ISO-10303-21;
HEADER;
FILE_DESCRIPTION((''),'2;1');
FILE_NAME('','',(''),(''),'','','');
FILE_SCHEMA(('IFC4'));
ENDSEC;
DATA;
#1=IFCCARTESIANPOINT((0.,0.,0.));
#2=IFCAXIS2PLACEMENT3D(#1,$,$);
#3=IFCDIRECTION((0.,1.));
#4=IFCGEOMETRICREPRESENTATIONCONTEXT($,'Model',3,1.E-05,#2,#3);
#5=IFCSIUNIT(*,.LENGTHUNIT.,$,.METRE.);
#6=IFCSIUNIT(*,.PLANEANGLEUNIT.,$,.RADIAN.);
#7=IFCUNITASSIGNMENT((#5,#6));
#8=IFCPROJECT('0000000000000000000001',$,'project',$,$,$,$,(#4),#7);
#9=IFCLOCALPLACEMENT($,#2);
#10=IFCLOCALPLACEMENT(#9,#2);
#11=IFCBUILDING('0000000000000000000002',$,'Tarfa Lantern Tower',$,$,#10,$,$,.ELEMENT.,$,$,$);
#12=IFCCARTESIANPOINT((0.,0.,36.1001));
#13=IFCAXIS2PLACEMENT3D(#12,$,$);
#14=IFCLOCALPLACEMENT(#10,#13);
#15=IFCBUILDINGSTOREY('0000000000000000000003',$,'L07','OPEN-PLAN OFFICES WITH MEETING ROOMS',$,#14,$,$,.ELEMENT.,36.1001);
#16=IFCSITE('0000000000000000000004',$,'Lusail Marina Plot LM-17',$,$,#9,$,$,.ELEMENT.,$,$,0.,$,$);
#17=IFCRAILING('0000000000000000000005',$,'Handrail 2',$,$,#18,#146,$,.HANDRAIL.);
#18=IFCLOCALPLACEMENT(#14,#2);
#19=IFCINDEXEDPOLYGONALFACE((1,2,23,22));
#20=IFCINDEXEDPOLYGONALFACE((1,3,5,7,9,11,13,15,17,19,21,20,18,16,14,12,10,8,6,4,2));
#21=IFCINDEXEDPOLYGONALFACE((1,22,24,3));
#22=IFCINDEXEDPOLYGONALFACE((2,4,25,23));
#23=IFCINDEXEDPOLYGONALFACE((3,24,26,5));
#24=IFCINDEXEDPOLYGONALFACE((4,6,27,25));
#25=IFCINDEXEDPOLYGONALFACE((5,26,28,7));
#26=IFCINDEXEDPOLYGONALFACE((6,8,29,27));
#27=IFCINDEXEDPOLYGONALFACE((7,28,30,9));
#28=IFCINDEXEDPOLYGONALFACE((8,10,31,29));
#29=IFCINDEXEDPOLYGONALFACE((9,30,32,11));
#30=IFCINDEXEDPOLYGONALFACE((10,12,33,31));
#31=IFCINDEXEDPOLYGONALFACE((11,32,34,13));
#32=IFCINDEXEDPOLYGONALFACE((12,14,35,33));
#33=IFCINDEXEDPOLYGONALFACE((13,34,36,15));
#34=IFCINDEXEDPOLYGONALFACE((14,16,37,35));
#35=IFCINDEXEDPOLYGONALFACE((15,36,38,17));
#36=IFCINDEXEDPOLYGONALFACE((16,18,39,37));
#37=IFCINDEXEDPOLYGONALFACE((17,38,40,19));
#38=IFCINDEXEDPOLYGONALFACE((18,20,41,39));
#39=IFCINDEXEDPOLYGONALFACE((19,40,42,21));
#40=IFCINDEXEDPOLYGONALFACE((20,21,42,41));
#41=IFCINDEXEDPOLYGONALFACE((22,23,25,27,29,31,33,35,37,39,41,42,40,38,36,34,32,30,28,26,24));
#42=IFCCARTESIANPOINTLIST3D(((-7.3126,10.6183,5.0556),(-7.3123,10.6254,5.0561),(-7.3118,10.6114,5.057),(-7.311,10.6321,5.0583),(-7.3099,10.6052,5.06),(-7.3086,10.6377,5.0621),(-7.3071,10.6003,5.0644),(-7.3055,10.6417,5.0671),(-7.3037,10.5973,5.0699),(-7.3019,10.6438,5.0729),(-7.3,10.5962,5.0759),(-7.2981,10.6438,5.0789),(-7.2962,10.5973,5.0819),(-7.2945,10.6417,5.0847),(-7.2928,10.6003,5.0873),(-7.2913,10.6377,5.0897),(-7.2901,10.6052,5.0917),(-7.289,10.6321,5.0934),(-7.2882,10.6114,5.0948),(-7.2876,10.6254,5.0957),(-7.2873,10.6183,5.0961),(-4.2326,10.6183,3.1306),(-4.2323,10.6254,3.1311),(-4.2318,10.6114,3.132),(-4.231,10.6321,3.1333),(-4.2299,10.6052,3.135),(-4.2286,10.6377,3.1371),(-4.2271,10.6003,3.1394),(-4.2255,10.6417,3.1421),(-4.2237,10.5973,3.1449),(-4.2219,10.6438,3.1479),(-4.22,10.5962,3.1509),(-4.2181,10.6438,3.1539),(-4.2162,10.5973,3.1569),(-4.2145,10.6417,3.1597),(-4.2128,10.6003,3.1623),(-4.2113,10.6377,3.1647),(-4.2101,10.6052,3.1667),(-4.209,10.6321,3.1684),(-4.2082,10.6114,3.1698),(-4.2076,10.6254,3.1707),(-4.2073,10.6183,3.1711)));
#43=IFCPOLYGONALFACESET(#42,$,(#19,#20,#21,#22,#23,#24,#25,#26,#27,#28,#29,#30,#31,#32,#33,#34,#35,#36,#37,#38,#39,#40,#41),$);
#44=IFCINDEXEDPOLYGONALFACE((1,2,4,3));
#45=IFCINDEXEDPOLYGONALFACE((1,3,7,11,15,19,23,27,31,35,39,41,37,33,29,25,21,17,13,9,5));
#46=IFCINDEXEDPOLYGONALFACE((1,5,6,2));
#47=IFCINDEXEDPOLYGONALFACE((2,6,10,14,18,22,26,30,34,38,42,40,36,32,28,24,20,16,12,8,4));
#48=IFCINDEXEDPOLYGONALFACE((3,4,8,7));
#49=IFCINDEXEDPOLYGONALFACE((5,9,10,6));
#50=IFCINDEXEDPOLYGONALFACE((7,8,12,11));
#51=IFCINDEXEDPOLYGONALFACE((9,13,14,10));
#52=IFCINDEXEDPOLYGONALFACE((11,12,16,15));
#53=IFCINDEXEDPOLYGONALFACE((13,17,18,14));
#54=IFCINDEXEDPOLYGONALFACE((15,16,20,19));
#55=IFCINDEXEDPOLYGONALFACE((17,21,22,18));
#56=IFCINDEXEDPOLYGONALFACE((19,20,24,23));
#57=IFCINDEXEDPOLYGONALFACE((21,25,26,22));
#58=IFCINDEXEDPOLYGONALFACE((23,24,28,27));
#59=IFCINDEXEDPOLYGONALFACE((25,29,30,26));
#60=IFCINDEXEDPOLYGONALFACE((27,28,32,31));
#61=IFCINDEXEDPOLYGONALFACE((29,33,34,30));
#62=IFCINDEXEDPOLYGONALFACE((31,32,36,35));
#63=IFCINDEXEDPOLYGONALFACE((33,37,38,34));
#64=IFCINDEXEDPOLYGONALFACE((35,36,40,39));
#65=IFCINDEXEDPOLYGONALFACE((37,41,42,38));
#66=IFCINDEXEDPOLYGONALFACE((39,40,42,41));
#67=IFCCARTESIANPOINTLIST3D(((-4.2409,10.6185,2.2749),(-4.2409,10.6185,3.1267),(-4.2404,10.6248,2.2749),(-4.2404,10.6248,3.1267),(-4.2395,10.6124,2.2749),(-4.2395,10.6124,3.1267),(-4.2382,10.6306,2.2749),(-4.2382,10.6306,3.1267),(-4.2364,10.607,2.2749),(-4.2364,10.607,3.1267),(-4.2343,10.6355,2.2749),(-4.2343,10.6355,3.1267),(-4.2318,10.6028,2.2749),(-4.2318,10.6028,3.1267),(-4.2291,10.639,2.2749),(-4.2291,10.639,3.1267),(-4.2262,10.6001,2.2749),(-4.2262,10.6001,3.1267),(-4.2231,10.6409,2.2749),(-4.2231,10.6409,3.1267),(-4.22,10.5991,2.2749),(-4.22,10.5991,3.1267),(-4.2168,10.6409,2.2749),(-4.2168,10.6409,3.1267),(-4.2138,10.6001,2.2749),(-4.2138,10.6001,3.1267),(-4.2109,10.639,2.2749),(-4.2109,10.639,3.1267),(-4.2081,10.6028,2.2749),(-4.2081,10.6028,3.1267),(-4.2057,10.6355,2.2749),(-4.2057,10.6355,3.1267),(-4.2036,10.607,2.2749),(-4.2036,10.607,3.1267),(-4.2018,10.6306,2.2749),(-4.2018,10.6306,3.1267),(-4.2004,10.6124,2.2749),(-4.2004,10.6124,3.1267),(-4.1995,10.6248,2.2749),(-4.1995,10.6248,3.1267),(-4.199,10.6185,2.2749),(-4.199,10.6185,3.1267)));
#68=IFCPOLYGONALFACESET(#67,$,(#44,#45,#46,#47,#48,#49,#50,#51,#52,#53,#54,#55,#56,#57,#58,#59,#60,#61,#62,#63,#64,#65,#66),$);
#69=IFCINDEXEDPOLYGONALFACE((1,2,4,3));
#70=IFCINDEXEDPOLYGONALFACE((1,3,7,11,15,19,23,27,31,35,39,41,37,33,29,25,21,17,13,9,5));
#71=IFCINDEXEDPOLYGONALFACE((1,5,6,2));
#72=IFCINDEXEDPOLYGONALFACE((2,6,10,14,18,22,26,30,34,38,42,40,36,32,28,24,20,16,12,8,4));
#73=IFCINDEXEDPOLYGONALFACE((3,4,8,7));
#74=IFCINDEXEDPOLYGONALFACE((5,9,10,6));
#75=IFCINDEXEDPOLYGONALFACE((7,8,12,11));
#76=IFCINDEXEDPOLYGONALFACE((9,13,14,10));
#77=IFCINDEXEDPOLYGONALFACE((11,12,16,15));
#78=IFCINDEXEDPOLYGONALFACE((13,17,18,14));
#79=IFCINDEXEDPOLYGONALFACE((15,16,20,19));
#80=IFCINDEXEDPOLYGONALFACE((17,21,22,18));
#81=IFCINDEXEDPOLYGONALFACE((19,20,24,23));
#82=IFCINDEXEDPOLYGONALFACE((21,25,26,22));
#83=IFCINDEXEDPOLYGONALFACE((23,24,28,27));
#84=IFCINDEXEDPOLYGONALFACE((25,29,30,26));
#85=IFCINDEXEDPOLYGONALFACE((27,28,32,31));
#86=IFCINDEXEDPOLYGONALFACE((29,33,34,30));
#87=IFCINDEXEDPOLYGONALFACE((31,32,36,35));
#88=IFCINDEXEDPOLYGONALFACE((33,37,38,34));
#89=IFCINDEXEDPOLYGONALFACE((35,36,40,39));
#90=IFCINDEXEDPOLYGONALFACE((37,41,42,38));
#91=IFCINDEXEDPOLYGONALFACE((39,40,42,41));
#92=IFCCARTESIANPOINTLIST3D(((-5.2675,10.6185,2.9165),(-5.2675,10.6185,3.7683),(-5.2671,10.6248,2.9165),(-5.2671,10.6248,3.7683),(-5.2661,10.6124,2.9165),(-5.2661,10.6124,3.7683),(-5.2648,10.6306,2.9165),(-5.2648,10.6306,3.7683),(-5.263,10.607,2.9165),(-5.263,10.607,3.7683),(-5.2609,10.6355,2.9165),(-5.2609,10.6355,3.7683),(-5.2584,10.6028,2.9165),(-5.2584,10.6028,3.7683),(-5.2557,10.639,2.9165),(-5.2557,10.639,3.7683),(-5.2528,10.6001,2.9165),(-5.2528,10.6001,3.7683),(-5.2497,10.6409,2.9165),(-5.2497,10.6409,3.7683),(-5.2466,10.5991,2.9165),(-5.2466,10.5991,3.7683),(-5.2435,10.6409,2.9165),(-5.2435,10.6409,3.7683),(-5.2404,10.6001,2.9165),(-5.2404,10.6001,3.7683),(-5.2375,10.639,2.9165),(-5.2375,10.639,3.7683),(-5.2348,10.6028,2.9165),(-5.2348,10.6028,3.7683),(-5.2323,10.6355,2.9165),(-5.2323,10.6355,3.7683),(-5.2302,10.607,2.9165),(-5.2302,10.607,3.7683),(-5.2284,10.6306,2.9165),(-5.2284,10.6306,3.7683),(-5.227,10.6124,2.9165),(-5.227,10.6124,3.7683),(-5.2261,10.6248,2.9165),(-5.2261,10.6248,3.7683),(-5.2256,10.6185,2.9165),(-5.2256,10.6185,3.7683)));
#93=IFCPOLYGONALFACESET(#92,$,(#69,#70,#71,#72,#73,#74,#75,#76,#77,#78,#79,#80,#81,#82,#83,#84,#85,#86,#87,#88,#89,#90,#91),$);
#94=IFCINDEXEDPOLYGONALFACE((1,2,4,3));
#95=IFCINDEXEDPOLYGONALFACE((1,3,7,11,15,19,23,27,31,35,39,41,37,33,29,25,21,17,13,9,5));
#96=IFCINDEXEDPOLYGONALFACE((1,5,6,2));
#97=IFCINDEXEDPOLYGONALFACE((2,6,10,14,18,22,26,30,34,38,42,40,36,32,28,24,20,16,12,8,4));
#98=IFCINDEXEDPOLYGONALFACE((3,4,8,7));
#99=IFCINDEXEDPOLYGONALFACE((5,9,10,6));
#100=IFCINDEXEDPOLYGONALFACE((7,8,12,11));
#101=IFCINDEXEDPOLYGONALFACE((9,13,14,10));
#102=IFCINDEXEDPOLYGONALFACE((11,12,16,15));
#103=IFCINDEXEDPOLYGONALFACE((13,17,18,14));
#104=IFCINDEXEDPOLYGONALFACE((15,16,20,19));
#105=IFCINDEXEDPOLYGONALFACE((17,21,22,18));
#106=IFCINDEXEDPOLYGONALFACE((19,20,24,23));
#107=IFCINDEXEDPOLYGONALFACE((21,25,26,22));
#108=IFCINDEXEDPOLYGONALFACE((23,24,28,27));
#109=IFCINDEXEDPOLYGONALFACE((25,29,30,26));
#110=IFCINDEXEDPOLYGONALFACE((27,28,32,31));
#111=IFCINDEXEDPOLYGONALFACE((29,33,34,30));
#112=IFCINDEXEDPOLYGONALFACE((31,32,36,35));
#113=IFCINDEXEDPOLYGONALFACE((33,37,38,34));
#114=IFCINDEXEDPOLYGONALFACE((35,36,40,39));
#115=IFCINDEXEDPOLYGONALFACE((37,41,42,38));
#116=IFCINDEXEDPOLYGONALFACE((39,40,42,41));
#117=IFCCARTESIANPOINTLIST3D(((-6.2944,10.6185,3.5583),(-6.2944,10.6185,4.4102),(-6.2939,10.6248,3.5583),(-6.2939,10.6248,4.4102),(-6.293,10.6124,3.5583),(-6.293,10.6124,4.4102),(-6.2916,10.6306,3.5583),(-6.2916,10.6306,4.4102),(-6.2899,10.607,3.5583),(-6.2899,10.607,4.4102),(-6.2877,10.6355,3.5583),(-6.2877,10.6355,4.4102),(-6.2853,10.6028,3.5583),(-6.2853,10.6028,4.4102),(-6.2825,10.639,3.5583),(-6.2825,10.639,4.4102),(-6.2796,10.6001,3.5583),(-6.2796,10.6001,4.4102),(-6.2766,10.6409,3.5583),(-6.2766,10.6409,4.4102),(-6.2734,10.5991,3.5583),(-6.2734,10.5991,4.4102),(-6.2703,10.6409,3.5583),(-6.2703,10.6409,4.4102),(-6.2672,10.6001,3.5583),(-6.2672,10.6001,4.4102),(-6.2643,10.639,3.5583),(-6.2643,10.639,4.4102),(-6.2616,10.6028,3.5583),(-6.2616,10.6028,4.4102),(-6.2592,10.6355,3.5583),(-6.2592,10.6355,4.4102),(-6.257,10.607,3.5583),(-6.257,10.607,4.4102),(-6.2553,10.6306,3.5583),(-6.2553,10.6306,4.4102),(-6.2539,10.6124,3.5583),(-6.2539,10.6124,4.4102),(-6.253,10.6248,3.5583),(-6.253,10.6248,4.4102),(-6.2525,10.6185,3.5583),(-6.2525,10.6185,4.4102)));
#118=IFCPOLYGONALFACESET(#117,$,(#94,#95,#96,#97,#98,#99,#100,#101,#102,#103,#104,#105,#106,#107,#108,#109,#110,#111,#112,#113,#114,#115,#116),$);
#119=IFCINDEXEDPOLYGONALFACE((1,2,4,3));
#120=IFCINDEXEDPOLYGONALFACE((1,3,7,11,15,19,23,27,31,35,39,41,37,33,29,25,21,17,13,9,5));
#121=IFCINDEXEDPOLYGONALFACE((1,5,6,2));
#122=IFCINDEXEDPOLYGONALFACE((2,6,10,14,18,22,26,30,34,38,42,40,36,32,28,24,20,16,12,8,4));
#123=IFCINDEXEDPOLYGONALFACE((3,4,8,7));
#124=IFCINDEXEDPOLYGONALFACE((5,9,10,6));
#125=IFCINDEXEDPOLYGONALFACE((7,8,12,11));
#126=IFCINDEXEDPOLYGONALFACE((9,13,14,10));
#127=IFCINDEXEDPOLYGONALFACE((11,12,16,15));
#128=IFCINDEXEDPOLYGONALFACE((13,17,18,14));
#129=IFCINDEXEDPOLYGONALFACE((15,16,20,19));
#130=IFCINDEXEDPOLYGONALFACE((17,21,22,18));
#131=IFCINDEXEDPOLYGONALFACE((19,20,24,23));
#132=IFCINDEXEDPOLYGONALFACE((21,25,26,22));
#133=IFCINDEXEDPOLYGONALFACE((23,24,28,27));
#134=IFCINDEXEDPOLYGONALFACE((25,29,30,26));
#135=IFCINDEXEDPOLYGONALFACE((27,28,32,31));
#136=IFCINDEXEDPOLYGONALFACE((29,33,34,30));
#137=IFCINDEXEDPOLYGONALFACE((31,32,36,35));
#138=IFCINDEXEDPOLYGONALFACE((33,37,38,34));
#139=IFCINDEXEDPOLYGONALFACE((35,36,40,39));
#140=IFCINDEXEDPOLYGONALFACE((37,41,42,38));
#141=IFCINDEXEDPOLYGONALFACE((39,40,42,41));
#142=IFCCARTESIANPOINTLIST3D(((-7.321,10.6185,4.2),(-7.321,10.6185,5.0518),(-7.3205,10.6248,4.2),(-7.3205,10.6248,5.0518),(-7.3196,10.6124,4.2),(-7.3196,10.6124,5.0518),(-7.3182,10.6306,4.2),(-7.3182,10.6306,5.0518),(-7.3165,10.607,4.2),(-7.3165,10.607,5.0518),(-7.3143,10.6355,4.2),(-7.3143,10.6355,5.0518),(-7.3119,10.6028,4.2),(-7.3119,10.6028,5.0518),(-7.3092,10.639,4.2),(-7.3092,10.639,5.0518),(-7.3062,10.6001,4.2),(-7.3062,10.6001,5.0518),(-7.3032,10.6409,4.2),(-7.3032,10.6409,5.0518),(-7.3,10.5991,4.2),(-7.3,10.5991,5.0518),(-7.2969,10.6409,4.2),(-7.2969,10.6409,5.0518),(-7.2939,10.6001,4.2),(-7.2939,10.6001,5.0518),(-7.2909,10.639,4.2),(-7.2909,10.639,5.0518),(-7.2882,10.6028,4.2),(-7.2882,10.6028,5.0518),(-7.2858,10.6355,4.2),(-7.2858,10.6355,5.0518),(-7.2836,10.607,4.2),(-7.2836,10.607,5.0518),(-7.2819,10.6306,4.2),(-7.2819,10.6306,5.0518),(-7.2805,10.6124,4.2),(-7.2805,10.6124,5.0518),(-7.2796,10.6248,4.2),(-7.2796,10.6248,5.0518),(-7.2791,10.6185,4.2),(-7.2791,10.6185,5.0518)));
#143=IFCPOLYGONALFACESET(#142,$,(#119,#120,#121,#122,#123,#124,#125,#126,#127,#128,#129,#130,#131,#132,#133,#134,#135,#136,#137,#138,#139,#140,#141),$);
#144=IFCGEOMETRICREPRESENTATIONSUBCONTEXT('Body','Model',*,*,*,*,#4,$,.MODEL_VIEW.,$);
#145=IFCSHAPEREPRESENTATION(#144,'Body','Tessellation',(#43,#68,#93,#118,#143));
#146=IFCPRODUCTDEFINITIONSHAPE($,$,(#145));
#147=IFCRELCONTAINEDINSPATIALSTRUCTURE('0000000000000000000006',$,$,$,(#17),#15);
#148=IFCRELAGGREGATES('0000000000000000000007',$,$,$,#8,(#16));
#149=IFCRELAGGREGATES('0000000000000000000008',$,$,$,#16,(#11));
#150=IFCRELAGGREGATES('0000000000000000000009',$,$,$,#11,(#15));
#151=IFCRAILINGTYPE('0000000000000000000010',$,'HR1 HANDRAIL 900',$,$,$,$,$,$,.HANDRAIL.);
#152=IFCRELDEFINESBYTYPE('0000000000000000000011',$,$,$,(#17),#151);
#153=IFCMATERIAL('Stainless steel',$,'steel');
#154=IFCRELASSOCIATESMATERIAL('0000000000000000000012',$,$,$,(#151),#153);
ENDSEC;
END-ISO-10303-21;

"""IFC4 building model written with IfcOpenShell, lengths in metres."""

from ifc_helpers import new_model, si_unit, direction, frame, origin, origin_2d, place, context, subcontext, project, spatial, circle, extrude, material, type_object, element, save


model = new_model("IFC4")

# Units and contexts
model_context = context("Model", 3, precision=1e-05, world=origin(), true_north=direction((0.0, 1.0)))
body_context = subcontext(model_context, "Body", "Model", "MODEL_VIEW")
ifc_project = project(units=[si_unit("LENGTHUNIT", "METRE"), si_unit("PLANEANGLEUNIT", "RADIAN")], contexts=[model_context])

# Site, building, storey
site_placement = place(None, origin())
site = spatial("IfcSite", under=ifc_project, at=site_placement, Name="Lusail Marina Plot LM-17", CompositionType="ELEMENT", RefElevation=0.0)
building_placement = place(site_placement, origin())
building = spatial("IfcBuilding", under=site, at=building_placement, Name="Tarfa Lantern Tower", CompositionType="ELEMENT")
storey_placement = place(building_placement, frame((0.0, 0.0, 36.1001)))
storey = spatial("IfcBuildingStorey", under=building, at=storey_placement, Name="L07", Description="OPEN-PLAN OFFICES WITH MEETING ROOMS", CompositionType="ELEMENT", Elevation=36.1001)

# Railing
ifc_material_1 = material(Name="Stainless steel", Category="steel")
railing_type = type_object("IfcRailingType", Name="HR1 HANDRAIL 900", PredefinedType="HANDRAIL", material=ifc_material_1)
railing_1_placement = place(storey_placement, frame((-4.22, 10.6201, 2.2749)))
element("IfcRailing", 1, at=railing_1_placement, inside=storey, type_object=railing_type, Name="Handrail 2", PredefinedType="HANDRAIL", context=body_context, shape_type="SweptSolid", body=[
    extrude(circle(Radius=0.0239, at=origin_2d()), frame((0.0, 0.0, 0.876), z_axis=(-0.847998, 0.0, 0.529999), x_axis=(0.0, -1.0, 0.0)), (0.0, 0.0, 1.0), 3.6321),
    extrude(circle(Radius=0.021, at=origin_2d()), frame((0.0, 0.0, 0.0), z_axis=(0.0, 0.0, 1.0), x_axis=(0.0, -1.0, 0.0)), (0.0, 0.0, 1.0), 0.8518),
    extrude(circle(Radius=0.021, at=origin_2d()), frame((-1.0266, 0.0, 0.6416), z_axis=(0.0, 0.0, 1.0), x_axis=(0.0, -1.0, 0.0)), (0.0, 0.0, 1.0), 0.8518),
    extrude(circle(Radius=0.021, at=origin_2d()), frame((-2.0535, 0.0, 1.2834), z_axis=(0.0, 0.0, 1.0), x_axis=(0.0, -1.0, 0.0)), (0.0, 0.0, 1.0), 0.8518),
    extrude(circle(Radius=0.021, at=origin_2d()), frame((-3.0801, 0.0, 1.925), z_axis=(0.0, 0.0, 1.0), x_axis=(0.0, -1.0, 0.0)), (0.0, 0.0, 1.0), 0.8518),
])

save(model, "model.ifc")
